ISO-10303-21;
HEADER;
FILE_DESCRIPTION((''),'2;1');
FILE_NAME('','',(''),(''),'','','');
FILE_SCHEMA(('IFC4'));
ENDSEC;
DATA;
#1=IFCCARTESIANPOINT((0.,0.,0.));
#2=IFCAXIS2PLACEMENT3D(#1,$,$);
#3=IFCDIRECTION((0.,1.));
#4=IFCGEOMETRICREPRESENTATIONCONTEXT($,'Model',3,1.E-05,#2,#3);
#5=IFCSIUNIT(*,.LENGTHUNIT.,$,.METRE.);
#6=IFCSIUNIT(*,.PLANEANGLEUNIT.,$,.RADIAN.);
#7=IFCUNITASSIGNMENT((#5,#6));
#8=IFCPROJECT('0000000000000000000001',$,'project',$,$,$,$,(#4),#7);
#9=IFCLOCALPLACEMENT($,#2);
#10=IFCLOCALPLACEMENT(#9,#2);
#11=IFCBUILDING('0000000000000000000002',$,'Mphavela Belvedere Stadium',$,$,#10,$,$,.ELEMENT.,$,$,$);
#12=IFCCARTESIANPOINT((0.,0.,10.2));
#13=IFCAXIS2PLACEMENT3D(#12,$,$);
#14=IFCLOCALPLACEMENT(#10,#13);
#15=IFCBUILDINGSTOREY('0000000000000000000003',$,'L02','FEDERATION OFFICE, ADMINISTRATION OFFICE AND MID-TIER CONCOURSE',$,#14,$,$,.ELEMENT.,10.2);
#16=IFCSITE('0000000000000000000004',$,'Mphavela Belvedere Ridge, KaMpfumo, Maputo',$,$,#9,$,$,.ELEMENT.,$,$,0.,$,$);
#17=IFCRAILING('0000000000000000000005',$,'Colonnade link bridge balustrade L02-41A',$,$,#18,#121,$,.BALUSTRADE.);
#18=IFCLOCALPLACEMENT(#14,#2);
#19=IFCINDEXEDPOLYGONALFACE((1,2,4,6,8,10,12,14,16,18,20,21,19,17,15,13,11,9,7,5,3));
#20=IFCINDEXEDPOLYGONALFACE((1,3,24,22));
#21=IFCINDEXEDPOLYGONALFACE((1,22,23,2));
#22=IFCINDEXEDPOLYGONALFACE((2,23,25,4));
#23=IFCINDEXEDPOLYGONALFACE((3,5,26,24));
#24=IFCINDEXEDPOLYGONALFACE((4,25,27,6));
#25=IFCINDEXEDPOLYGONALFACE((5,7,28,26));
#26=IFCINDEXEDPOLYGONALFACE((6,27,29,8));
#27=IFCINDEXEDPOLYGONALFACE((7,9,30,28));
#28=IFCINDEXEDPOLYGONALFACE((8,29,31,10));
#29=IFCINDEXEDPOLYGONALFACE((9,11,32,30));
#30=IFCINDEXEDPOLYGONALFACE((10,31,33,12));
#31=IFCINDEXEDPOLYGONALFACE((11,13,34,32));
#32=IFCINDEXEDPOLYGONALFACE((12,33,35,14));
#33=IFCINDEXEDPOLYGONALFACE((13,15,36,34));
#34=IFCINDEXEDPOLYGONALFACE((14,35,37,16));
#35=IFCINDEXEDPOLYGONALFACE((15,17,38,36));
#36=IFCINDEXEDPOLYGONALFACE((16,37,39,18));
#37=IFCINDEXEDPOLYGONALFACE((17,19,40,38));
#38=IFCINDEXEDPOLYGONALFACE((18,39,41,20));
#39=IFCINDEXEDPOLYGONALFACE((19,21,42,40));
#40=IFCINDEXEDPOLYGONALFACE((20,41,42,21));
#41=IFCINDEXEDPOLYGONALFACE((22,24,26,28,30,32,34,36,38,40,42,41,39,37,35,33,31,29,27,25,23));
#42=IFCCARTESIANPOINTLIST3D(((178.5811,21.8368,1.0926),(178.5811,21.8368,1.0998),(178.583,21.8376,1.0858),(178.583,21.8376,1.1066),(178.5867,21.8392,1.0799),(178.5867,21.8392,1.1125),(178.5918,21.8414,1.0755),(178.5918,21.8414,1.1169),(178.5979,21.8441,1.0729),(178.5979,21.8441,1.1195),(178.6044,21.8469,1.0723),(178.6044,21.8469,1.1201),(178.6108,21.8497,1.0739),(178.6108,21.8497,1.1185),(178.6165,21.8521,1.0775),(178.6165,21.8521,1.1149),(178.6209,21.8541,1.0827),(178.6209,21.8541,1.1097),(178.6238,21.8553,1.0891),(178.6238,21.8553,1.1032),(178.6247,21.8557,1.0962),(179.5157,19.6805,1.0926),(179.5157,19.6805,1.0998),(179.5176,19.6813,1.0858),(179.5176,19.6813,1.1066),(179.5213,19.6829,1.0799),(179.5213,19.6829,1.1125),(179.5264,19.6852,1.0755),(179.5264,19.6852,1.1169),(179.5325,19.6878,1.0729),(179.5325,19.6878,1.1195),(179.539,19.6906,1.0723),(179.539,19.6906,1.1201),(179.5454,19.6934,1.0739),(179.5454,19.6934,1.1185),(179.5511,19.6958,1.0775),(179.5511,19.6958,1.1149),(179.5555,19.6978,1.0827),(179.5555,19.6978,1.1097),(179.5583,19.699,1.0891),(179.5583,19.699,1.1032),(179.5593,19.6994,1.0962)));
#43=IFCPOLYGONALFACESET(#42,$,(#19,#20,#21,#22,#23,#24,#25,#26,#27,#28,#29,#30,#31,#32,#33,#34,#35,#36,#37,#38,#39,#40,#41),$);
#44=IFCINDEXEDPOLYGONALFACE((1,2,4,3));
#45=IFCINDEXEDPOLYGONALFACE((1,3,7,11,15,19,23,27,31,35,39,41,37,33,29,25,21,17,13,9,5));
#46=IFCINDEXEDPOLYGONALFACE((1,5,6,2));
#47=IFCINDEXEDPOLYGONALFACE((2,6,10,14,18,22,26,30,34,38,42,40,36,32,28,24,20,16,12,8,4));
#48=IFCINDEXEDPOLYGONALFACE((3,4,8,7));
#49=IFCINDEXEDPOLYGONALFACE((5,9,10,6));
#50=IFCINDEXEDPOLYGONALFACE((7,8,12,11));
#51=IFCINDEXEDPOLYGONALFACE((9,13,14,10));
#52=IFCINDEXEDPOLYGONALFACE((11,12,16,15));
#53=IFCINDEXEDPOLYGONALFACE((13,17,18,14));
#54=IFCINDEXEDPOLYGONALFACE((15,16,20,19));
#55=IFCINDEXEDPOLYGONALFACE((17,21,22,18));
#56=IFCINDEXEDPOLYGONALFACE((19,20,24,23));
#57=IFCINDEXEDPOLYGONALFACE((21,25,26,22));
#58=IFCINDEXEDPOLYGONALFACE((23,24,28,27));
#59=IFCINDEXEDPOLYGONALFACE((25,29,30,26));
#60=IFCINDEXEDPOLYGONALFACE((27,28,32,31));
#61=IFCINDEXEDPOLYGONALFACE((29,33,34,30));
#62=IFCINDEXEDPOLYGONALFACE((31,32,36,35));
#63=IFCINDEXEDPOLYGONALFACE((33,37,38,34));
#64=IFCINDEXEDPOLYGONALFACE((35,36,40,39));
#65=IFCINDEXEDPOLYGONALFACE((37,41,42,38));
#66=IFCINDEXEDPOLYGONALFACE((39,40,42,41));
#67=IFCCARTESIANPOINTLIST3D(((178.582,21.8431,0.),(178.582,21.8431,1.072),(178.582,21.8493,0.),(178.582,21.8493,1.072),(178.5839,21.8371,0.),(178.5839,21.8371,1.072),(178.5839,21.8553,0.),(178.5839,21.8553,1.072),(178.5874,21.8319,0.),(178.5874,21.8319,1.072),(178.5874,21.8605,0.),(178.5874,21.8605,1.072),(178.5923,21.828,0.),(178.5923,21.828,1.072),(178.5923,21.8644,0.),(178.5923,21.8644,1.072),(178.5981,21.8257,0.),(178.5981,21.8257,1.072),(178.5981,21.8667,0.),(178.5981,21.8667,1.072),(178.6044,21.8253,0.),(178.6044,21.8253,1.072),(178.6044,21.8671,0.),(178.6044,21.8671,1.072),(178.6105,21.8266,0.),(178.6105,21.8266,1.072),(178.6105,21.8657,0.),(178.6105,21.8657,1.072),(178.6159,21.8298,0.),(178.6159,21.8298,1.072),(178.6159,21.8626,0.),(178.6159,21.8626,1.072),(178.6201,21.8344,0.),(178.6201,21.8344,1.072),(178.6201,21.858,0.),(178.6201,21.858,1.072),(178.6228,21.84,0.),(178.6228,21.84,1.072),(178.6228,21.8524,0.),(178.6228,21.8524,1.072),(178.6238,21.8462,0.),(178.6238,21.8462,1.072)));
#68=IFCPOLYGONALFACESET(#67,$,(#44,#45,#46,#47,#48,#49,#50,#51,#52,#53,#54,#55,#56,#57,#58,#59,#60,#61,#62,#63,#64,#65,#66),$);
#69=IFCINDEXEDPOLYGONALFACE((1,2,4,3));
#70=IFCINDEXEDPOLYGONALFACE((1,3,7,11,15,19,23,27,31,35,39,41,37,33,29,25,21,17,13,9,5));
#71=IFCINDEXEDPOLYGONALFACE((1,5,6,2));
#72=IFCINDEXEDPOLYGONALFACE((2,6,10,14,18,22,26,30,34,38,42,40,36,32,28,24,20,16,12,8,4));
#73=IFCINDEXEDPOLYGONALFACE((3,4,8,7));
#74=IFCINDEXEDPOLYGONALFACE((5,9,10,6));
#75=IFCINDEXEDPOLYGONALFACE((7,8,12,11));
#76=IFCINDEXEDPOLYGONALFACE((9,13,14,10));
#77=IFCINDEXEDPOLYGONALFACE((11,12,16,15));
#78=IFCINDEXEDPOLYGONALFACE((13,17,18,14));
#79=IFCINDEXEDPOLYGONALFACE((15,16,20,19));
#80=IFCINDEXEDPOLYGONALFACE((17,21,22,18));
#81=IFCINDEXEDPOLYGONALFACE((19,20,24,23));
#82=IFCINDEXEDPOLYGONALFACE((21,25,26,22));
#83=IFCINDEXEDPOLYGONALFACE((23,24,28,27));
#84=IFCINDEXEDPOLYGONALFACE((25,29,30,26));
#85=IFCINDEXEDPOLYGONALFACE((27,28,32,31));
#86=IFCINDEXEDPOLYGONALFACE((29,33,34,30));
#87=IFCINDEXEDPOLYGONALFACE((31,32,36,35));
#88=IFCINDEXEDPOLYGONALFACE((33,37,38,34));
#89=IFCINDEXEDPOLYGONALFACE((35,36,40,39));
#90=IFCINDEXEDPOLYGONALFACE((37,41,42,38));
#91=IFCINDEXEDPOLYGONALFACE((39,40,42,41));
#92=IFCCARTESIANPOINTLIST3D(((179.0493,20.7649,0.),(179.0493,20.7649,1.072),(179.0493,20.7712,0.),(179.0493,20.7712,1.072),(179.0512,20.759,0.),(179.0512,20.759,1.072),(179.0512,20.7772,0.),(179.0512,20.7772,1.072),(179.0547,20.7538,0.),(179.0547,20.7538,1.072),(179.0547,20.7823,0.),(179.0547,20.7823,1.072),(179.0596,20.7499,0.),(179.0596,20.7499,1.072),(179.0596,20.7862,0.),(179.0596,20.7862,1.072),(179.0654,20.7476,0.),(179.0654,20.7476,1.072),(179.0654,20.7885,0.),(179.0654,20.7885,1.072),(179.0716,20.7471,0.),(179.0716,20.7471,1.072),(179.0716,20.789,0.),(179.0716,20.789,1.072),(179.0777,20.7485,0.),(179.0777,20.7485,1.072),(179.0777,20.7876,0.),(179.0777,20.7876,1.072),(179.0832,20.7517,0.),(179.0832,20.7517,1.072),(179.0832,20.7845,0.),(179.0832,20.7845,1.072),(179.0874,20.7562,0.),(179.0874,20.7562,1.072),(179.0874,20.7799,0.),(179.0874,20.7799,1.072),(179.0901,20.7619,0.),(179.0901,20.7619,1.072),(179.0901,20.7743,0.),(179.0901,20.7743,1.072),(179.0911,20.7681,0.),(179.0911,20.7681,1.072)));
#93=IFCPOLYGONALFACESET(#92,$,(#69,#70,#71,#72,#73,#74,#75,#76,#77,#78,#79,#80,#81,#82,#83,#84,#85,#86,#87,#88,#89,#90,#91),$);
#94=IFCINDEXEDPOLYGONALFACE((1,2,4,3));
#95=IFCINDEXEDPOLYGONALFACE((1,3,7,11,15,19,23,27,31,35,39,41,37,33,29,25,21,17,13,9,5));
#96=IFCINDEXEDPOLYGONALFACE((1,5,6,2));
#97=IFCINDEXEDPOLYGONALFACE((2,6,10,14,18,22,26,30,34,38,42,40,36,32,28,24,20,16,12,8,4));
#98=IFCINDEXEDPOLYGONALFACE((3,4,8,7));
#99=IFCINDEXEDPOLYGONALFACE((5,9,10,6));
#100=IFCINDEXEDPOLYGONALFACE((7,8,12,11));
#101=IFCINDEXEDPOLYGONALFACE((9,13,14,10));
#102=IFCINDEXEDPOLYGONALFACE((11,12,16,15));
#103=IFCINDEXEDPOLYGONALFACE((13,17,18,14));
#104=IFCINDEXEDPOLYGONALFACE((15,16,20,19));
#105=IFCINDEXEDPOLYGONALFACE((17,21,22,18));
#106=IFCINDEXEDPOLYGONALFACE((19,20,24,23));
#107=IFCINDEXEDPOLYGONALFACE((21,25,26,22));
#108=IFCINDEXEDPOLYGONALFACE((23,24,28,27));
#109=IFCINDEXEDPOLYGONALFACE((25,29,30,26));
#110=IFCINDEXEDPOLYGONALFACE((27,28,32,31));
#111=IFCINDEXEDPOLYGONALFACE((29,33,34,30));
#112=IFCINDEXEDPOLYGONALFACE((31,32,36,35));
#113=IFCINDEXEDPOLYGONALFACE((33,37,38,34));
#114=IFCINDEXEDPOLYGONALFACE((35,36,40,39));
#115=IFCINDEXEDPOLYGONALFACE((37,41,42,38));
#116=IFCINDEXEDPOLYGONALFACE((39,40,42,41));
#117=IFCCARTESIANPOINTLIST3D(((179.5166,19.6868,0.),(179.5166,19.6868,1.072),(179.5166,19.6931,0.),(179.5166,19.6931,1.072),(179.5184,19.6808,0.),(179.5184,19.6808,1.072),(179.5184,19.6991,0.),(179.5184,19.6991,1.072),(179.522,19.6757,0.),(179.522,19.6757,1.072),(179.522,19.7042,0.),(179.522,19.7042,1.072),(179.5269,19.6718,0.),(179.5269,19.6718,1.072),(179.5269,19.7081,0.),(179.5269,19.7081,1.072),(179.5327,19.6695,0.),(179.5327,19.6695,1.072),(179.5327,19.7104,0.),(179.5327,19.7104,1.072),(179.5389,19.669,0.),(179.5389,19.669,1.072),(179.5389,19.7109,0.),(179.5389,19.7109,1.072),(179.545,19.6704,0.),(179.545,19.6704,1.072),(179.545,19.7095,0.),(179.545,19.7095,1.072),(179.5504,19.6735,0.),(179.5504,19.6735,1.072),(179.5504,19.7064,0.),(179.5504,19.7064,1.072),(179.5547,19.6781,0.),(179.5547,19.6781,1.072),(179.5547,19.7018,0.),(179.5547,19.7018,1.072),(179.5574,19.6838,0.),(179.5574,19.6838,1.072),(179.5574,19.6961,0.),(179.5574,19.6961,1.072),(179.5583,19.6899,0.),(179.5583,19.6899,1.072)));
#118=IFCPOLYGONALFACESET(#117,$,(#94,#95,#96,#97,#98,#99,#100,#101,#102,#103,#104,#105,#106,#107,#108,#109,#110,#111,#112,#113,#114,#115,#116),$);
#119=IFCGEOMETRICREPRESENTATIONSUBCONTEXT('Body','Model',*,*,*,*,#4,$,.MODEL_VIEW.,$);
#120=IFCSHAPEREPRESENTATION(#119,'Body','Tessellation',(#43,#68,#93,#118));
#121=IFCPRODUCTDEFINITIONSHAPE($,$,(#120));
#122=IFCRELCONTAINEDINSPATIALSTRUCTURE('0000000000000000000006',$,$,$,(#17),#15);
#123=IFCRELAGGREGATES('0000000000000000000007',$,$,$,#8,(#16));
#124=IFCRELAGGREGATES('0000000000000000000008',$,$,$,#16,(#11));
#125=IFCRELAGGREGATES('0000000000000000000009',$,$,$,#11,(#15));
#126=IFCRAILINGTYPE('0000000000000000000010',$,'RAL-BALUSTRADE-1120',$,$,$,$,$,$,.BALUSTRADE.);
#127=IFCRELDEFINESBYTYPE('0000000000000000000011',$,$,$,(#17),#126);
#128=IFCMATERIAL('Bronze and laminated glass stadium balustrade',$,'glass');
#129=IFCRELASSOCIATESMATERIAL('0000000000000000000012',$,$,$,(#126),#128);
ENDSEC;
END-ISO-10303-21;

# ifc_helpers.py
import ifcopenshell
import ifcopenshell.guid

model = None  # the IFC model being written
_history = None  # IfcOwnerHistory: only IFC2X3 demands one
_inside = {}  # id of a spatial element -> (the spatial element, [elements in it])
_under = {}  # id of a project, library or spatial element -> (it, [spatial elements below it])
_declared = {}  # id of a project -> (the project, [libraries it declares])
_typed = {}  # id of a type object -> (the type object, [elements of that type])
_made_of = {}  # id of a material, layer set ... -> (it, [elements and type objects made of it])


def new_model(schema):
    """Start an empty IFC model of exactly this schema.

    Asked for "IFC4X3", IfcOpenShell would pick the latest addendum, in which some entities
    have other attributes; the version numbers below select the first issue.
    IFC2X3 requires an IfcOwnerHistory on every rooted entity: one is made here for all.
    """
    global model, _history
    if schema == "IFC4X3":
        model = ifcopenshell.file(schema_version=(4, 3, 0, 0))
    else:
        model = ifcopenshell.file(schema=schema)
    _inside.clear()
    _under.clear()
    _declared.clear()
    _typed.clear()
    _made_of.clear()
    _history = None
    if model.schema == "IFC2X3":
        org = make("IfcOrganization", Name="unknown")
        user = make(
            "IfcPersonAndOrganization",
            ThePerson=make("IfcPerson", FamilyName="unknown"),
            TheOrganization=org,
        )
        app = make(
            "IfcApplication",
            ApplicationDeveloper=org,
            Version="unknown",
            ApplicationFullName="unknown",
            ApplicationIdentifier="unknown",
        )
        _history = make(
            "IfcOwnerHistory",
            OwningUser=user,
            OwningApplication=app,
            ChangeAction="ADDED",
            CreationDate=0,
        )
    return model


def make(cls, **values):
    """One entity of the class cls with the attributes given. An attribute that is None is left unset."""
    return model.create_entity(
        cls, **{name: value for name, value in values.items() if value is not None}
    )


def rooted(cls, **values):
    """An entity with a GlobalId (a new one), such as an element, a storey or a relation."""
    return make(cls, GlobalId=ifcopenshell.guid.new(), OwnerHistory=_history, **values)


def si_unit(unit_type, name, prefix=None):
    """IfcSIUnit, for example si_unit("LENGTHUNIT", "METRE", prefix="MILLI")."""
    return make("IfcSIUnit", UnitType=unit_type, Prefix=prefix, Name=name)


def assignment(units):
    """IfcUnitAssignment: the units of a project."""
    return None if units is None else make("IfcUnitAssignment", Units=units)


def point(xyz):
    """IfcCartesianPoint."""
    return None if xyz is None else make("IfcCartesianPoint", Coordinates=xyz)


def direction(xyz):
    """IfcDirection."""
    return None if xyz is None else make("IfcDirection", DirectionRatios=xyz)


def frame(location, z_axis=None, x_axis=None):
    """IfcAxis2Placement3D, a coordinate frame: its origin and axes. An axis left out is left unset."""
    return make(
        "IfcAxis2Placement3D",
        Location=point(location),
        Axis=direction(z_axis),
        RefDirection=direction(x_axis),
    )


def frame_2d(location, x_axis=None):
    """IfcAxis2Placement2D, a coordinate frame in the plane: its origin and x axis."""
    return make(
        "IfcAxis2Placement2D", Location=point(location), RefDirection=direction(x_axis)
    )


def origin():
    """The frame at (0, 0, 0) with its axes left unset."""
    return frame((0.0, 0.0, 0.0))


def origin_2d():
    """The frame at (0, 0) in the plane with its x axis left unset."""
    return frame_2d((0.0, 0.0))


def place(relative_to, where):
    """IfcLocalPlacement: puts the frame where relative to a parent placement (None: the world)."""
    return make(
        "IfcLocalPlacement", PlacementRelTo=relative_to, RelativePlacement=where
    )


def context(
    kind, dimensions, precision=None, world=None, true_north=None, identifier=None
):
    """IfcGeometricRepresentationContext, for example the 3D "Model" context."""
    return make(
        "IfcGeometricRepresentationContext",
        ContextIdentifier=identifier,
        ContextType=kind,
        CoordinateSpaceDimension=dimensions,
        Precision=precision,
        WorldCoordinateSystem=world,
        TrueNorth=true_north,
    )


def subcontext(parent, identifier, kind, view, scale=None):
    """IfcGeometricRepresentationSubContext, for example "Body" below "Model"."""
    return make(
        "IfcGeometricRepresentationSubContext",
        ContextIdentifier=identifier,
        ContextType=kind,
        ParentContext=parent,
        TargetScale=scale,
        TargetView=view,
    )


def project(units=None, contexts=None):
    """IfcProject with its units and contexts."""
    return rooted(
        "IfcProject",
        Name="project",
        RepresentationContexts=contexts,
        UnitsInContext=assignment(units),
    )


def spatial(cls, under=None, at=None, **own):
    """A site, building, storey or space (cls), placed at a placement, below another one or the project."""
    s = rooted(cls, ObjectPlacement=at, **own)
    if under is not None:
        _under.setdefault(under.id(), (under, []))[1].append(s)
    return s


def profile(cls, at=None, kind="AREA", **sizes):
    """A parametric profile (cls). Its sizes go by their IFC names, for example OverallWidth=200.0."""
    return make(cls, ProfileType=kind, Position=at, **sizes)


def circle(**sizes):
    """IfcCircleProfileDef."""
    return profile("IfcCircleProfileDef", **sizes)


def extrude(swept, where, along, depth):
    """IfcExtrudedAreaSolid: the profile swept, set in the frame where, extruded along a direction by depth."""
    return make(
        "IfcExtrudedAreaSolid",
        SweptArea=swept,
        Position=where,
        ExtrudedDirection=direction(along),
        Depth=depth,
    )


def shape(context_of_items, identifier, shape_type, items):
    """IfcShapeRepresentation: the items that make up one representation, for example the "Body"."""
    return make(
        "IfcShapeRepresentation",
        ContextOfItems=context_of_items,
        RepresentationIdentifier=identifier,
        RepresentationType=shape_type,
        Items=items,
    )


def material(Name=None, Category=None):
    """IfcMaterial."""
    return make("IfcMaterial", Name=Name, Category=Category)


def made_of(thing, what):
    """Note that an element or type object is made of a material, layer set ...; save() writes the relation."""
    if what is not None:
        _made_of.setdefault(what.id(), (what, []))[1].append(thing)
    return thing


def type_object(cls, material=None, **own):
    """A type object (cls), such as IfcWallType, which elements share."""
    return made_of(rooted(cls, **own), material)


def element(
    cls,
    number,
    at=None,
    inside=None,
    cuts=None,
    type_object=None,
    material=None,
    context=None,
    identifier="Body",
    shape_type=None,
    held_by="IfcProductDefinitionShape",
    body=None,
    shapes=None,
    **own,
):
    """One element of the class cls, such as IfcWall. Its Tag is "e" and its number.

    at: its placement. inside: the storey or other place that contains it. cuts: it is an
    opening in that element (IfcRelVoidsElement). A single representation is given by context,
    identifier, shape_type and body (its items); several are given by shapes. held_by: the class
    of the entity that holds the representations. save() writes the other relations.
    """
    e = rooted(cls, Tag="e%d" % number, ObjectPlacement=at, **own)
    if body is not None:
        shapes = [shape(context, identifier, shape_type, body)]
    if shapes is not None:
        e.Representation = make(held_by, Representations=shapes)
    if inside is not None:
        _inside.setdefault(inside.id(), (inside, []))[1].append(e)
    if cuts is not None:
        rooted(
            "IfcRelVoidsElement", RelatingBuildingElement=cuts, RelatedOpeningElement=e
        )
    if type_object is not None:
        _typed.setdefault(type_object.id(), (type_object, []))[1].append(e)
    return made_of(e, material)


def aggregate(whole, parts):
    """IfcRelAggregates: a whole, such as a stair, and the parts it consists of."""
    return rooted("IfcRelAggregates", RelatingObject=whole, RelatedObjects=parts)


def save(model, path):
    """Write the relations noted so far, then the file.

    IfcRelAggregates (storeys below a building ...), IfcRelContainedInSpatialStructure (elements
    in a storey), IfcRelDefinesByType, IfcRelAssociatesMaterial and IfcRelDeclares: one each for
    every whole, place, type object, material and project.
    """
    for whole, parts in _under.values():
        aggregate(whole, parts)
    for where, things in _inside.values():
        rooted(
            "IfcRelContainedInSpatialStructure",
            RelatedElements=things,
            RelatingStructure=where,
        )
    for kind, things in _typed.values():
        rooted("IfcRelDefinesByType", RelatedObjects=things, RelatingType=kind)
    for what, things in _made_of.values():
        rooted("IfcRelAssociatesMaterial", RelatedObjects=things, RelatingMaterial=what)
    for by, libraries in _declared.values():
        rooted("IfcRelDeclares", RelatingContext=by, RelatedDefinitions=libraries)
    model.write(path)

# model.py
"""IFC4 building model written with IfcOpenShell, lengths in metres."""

from ifc_helpers import new_model, si_unit, direction, frame, origin, origin_2d, place, context, subcontext, project, spatial, circle, extrude, material, type_object, element, save


model = new_model("IFC4")

# Units and contexts
model_context = context("Model", 3, precision=1e-05, world=origin(), true_north=direction((0.0, 1.0)))
body_context = subcontext(model_context, "Body", "Model", "MODEL_VIEW")
ifc_project = project(units=[si_unit("LENGTHUNIT", "METRE"), si_unit("PLANEANGLEUNIT", "RADIAN")], contexts=[model_context])

# Site, building, storey
site_placement = place(None, origin())
site = spatial("IfcSite", under=ifc_project, at=site_placement, Name="Mphavela Belvedere Ridge, KaMpfumo, Maputo", CompositionType="ELEMENT", RefElevation=0.0)
building_placement = place(site_placement, origin())
building = spatial("IfcBuilding", under=site, at=building_placement, Name="Mphavela Belvedere Stadium", CompositionType="ELEMENT")
storey_placement = place(building_placement, frame((0.0, 0.0, 10.2)))
storey = spatial("IfcBuildingStorey", under=building, at=storey_placement, Name="L02", Description="FEDERATION OFFICE, ADMINISTRATION OFFICE AND MID-TIER CONCOURSE", CompositionType="ELEMENT", Elevation=10.2)

# Railing
ifc_material_1 = material(Name="Bronze and laminated glass stadium balustrade", Category="glass")
railing_type = type_object("IfcRailingType", Name="RAL-BALUSTRADE-1120", PredefinedType="BALUSTRADE", material=ifc_material_1)
railing_1_placement = place(storey_placement, frame((178.6028, 21.8462, 0.0)))
element("IfcRailing", 1, at=railing_1_placement, inside=storey, type_object=railing_type, Name="Colonnade link bridge balustrade L02-41A", PredefinedType="BALUSTRADE", context=body_context, shape_type="SweptSolid", body=[
    extrude(circle(Radius=0.0239, at=origin_2d()), frame((0.0, 0.0, 1.0962), z_axis=(0.397677, -0.917525, 0.0), x_axis=(0.917525, 0.397677, 0.0)), (0.0, 0.0, 1.0), 2.3501),
    extrude(circle(Radius=0.021, at=origin_2d()), origin(), (0.0, 0.0, 1.0), 1.072),
    extrude(circle(Radius=0.021, at=origin_2d()), frame((0.4673, -1.0781, 0.0)), (0.0, 0.0, 1.0), 1.072),
    extrude(circle(Radius=0.021, at=origin_2d()), frame((0.9346, -2.1562, 0.0)), (0.0, 0.0, 1.0), 1.072),
])

save(model, "model.ifc")
